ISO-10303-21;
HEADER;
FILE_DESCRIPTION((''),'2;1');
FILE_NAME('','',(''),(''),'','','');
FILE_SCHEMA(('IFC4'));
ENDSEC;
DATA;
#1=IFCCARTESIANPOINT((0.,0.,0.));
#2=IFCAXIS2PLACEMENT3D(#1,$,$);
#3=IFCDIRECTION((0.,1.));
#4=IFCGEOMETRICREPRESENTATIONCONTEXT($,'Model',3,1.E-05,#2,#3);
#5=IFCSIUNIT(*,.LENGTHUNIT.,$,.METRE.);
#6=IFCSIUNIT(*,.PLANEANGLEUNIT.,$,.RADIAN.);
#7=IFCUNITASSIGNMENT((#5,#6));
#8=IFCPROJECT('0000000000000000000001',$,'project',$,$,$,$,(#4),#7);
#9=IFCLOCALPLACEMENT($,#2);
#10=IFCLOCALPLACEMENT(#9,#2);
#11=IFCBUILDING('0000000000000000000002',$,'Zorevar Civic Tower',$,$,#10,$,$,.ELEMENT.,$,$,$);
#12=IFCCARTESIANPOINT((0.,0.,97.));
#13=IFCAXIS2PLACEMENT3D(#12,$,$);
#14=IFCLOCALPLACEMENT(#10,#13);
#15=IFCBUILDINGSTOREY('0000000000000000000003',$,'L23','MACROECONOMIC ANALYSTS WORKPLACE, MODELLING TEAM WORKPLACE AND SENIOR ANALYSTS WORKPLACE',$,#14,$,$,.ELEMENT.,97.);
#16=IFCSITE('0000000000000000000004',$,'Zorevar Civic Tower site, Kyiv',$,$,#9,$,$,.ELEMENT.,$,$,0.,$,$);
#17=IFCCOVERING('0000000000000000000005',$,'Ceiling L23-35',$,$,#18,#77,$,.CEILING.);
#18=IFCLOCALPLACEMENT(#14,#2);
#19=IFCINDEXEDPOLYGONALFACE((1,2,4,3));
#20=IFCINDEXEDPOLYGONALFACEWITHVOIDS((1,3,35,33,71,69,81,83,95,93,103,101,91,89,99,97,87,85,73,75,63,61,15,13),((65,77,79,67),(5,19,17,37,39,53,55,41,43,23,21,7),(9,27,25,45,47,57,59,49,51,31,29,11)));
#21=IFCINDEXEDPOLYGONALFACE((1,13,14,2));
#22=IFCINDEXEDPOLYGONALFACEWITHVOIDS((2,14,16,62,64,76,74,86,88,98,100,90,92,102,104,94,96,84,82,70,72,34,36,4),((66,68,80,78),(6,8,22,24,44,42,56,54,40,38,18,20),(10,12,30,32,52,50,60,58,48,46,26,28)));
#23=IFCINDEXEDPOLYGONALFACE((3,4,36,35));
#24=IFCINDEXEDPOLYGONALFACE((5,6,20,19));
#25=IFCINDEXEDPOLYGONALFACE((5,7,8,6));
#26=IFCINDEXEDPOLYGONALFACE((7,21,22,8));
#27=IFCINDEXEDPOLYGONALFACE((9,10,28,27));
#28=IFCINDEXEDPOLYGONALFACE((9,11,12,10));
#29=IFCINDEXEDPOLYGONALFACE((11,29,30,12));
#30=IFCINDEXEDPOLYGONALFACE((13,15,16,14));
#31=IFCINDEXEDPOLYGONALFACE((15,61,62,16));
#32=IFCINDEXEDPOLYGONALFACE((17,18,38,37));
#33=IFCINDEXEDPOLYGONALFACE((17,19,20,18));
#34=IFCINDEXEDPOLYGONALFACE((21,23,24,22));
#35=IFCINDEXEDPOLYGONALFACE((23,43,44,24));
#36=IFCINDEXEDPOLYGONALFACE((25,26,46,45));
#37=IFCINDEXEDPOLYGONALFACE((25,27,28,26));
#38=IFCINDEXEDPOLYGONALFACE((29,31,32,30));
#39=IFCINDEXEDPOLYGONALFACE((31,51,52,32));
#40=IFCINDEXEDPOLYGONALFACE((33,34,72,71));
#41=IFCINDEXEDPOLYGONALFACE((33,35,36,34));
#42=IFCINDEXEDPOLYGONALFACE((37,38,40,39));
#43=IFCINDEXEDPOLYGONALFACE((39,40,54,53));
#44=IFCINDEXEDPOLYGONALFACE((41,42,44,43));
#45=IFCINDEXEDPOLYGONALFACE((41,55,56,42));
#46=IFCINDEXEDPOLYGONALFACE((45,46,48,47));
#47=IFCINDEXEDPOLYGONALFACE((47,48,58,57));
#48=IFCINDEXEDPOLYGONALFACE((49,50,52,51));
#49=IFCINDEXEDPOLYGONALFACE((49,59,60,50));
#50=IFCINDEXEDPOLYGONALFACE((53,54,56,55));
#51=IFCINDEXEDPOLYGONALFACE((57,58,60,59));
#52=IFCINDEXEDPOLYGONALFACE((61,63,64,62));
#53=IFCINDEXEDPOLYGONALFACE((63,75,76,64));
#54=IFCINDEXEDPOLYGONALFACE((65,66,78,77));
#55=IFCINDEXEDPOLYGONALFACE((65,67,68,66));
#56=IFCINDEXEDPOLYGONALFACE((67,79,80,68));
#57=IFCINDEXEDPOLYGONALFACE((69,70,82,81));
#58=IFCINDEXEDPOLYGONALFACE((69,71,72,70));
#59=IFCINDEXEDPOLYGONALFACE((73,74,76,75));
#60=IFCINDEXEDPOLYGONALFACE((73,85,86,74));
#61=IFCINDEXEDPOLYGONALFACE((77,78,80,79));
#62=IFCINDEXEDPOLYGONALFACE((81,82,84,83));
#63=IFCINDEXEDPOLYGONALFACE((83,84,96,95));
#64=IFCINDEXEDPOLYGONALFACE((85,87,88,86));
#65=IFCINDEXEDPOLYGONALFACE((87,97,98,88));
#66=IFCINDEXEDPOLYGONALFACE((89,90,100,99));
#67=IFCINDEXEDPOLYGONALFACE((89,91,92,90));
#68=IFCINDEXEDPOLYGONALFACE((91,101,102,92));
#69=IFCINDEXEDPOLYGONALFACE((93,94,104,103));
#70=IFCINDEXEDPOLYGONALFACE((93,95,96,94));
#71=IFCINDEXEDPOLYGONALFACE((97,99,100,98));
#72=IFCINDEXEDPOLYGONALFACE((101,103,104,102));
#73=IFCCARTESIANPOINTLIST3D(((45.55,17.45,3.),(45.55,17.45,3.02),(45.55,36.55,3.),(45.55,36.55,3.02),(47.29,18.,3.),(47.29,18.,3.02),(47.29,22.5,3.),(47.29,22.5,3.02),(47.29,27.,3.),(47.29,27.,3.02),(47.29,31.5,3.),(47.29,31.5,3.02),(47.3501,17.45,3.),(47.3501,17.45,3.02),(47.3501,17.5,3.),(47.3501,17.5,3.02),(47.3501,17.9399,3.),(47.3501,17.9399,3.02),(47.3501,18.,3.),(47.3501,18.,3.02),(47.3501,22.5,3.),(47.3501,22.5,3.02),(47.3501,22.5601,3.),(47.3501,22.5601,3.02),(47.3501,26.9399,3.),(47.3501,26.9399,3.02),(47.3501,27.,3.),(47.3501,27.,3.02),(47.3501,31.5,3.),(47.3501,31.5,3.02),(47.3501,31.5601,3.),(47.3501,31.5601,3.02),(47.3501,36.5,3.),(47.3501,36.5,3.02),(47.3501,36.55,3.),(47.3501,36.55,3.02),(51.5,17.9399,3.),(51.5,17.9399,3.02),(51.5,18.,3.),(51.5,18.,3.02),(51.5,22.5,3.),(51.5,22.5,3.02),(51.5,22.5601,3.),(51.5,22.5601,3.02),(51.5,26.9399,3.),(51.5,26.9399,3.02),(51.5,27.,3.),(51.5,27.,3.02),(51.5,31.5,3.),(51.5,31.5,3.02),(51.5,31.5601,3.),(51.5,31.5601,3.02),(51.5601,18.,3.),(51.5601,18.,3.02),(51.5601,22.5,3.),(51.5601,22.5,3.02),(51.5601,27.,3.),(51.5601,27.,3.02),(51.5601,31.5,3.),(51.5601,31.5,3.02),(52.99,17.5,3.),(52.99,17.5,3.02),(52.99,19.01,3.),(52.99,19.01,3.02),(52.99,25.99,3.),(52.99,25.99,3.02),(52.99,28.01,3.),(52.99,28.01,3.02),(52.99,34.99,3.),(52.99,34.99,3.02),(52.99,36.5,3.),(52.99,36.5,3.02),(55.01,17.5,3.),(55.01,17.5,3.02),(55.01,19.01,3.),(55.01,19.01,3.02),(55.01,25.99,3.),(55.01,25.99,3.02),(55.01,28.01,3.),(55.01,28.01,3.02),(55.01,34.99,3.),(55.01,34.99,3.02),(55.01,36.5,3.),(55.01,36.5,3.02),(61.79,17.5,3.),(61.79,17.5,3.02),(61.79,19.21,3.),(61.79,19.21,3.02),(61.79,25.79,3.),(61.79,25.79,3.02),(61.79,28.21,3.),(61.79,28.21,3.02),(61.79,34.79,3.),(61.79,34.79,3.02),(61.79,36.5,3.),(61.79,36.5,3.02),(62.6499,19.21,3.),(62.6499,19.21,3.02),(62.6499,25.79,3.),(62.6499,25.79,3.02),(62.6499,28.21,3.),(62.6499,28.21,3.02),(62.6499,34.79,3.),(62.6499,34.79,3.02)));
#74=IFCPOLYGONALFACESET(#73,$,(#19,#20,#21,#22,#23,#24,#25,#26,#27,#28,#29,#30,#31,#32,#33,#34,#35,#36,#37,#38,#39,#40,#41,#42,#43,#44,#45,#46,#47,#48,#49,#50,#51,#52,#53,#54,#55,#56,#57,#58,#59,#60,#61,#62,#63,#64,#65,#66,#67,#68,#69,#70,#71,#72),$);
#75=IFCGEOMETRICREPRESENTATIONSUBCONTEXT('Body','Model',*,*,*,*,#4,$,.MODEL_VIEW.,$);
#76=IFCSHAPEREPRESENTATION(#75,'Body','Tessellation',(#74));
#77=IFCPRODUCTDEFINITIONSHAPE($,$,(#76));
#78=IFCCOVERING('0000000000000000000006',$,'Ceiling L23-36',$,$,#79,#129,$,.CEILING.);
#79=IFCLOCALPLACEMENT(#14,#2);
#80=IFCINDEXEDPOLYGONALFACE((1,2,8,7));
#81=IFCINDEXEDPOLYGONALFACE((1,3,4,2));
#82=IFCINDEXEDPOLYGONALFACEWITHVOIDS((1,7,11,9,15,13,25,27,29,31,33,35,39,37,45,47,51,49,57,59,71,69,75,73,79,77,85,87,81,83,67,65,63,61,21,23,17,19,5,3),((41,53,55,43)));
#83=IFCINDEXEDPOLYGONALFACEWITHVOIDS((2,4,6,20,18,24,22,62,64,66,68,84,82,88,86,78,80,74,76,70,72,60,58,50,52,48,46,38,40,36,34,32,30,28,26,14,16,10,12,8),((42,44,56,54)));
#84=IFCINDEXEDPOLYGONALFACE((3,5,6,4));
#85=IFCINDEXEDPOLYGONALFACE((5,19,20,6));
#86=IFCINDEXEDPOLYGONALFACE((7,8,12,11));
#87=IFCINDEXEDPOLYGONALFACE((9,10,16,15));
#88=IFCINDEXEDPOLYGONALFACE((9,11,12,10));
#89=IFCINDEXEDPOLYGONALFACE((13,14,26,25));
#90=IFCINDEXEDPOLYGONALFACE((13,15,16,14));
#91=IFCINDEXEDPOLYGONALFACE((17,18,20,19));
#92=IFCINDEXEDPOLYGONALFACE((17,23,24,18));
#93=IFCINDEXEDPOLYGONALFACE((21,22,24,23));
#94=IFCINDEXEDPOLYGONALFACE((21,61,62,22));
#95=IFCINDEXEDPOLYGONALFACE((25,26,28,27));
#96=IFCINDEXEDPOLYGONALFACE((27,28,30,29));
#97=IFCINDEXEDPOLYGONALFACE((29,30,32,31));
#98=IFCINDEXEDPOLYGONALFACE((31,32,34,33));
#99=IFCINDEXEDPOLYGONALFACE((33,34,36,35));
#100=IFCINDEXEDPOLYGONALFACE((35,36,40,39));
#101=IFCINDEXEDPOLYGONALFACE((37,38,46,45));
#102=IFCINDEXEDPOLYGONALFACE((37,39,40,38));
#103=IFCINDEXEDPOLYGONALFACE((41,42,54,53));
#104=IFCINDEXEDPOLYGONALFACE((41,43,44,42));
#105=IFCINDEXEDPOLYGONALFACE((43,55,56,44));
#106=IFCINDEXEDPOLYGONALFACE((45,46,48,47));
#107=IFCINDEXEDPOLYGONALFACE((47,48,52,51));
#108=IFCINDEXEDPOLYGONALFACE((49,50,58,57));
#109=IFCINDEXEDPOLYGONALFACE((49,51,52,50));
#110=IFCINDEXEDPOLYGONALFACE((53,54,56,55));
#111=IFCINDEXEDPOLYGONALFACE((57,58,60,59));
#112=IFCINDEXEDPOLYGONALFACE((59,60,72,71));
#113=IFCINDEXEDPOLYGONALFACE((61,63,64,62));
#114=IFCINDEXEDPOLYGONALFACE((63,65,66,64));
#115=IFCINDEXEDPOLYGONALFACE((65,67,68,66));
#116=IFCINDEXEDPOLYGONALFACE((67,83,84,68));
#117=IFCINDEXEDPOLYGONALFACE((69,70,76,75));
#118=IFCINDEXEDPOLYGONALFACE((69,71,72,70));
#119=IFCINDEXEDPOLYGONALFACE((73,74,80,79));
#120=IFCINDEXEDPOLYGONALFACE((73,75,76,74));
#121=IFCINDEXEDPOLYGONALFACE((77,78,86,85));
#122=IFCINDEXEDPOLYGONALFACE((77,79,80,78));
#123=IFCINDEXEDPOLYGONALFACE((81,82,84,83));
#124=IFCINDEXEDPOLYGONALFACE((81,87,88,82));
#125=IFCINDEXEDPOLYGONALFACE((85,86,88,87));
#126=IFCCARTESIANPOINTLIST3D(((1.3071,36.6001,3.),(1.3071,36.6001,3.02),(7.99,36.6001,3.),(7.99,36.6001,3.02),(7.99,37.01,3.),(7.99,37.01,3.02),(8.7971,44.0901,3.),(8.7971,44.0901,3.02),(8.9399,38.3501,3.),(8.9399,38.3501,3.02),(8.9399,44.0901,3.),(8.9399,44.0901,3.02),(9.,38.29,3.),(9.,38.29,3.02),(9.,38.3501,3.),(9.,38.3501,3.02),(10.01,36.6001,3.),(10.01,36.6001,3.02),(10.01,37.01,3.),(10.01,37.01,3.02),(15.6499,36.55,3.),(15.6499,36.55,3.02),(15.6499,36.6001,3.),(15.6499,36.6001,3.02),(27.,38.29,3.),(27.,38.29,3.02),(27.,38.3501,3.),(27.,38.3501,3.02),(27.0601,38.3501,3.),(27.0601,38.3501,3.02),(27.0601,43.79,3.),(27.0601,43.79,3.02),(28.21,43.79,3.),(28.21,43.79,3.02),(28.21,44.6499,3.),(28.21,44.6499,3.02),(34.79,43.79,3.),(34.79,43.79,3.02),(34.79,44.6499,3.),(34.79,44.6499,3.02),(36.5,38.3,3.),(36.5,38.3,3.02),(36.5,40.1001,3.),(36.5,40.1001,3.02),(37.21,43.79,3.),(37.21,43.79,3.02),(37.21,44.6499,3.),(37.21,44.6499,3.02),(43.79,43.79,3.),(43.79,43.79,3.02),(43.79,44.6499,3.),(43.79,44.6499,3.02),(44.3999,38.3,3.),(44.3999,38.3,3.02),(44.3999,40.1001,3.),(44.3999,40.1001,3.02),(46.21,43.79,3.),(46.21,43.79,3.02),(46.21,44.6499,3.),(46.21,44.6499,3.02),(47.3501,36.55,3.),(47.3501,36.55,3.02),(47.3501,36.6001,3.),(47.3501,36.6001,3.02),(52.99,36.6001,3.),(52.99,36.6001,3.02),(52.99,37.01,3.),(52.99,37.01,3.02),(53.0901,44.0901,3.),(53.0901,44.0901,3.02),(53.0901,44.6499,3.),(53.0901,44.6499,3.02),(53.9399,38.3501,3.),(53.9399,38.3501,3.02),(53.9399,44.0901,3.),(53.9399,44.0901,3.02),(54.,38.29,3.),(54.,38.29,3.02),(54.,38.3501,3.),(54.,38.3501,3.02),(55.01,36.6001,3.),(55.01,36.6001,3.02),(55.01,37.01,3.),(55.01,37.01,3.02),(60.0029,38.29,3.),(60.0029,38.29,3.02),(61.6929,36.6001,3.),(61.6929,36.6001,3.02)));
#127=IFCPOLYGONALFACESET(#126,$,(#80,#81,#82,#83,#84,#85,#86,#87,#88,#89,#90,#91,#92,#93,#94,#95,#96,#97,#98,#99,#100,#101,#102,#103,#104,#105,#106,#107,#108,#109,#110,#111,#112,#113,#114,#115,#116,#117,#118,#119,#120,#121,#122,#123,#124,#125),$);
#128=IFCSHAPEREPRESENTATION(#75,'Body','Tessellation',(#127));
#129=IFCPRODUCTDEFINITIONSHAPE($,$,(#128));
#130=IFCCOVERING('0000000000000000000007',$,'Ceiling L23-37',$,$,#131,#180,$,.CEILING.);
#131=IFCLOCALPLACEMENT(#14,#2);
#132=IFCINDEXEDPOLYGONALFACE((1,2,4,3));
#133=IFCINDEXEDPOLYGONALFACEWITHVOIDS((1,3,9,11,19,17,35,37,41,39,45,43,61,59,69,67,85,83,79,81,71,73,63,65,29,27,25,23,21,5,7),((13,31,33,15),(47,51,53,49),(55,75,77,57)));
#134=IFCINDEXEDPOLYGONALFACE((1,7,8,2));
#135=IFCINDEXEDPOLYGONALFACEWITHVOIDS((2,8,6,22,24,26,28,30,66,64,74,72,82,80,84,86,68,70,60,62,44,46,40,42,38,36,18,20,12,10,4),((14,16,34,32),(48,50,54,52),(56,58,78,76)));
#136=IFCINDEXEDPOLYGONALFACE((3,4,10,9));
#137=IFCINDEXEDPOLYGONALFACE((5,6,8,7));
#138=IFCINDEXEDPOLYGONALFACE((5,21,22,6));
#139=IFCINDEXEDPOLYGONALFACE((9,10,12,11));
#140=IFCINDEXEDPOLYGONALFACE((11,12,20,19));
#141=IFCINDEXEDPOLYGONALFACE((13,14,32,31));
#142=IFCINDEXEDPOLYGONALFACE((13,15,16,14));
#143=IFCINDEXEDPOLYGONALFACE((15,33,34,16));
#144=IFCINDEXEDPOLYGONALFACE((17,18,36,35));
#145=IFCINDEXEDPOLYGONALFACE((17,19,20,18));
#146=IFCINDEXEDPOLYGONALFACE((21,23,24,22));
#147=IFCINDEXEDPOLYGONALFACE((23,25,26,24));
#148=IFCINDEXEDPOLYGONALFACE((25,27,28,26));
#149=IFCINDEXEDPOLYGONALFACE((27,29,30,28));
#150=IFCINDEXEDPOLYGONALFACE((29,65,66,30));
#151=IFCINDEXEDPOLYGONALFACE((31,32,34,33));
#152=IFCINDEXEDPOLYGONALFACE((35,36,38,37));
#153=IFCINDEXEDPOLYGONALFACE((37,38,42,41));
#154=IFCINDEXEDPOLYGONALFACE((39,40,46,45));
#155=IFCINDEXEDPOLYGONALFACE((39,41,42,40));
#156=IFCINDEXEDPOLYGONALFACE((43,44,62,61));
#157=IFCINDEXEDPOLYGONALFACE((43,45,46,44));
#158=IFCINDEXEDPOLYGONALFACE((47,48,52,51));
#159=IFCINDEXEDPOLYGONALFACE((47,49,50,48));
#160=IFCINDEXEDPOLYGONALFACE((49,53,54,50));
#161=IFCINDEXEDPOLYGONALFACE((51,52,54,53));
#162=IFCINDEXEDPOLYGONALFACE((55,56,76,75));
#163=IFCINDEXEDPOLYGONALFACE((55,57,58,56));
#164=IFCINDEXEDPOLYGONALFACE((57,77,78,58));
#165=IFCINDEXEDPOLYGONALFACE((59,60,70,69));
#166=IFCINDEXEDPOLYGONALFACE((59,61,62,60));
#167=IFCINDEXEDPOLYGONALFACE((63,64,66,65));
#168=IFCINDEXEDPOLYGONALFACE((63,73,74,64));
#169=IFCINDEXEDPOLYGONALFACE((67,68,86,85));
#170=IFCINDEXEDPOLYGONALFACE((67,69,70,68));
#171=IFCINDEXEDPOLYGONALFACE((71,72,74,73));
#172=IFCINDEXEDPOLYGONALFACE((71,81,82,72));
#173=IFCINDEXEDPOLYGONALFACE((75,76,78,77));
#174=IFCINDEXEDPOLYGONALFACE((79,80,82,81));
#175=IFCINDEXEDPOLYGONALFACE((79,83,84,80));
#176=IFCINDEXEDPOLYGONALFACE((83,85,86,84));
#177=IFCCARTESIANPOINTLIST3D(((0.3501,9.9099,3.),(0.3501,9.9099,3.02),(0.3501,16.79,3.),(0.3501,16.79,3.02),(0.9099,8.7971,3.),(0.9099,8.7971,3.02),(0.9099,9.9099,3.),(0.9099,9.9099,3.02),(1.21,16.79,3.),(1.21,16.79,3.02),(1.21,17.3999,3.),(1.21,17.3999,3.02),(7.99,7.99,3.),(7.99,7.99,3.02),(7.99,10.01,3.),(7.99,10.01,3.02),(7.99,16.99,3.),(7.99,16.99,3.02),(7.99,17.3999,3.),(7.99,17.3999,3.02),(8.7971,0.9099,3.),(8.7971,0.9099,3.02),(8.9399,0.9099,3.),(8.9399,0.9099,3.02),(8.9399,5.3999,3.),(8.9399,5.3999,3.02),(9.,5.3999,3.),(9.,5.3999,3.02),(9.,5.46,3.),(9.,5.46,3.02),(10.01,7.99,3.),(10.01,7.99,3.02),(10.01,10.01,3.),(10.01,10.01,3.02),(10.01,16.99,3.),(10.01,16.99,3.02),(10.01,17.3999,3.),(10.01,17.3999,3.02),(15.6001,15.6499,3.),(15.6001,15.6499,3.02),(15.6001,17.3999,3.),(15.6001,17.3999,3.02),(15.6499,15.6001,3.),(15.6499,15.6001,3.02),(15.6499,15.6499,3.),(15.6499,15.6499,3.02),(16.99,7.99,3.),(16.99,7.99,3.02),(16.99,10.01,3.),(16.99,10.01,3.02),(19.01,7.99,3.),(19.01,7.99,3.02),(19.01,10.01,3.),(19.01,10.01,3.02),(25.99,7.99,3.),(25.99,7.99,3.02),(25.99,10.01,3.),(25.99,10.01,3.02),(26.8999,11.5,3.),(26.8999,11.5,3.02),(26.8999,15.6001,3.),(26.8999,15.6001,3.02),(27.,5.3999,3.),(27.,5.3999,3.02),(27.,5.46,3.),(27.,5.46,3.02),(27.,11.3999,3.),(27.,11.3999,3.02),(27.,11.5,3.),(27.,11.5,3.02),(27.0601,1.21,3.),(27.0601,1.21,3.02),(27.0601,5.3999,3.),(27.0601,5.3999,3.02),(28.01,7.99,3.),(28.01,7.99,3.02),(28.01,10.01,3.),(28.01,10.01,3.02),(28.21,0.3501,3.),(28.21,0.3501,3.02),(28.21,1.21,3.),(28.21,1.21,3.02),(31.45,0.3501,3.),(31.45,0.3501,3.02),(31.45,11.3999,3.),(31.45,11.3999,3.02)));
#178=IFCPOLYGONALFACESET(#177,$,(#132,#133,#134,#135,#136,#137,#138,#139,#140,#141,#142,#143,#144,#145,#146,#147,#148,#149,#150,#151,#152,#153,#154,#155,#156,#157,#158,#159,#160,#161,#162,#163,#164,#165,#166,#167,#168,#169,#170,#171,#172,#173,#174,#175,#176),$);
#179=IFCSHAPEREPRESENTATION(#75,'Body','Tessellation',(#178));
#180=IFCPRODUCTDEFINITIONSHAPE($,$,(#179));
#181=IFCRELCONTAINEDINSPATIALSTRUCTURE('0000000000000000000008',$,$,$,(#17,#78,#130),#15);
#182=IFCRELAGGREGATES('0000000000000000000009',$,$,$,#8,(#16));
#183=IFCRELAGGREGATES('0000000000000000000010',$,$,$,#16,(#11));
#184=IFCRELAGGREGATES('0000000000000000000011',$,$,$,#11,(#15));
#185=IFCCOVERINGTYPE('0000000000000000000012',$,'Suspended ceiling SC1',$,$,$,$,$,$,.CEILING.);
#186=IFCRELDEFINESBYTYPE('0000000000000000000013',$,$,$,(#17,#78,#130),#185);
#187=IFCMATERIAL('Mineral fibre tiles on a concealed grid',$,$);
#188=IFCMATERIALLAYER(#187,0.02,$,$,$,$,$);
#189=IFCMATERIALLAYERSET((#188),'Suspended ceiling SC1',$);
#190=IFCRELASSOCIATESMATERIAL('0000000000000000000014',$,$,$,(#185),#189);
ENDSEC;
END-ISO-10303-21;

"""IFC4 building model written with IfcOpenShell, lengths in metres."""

from ifc_helpers import new_model, si_unit, direction, frame, origin, place, context, subcontext, project, spatial, polyline, outline, extrude, material, layer, layer_set, type_object, element, save


model = new_model("IFC4")

# Units and contexts
model_context = context("Model", 3, precision=1e-05, world=origin(), true_north=direction((0.0, 1.0)))
body_context = subcontext(model_context, "Body", "Model", "MODEL_VIEW")
ifc_project = project(units=[si_unit("LENGTHUNIT", "METRE"), si_unit("PLANEANGLEUNIT", "RADIAN")], contexts=[model_context])

# Site, building, storey
site_placement = place(None, origin())
site = spatial("IfcSite", under=ifc_project, at=site_placement, Name="Zorevar Civic Tower site, Kyiv", CompositionType="ELEMENT", RefElevation=0.0)
building_placement = place(site_placement, origin())
building = spatial("IfcBuilding", under=site, at=building_placement, Name="Zorevar Civic Tower", CompositionType="ELEMENT")
storey_placement = place(building_placement, frame((0.0, 0.0, 97.0)))
storey = spatial("IfcBuildingStorey", under=building, at=storey_placement, Name="L23", Description="MACROECONOMIC ANALYSTS WORKPLACE, MODELLING TEAM WORKPLACE AND SENIOR ANALYSTS WORKPLACE", CompositionType="ELEMENT", Elevation=97.0)

# Coverings
ifc_material_1 = material(Name="Mineral fibre tiles on a concealed grid")
ifc_layer_1 = layer(ifc_material_1, 0.02)
ifc_layer_set_1 = layer_set([ifc_layer_1], Name="Suspended ceiling SC1")
covering_type_1 = type_object("IfcCoveringType", Name="Suspended ceiling SC1", PredefinedType="CEILING", material=ifc_layer_set_1)
covering_1_placement = place(storey_placement, frame((0.0, 0.0, 3.0)))
element("IfcCovering", 1, at=covering_1_placement, inside=storey, type_object=covering_type_1, Name="Ceiling L23-35", PredefinedType="CEILING", context=body_context, shape_type="SweptSolid", body=[
    extrude(outline(polyline([(47.3501, 36.5), (52.99, 36.5), (52.99, 34.99), (55.01, 34.99), (55.01, 36.5), (61.79, 36.5), (61.79, 34.79), (62.6499, 34.79), (62.6499, 28.21), (61.79, 28.21), (61.79, 25.79), (62.6499, 25.79), (62.6499, 19.21), (61.79, 19.21), (61.79, 17.5), (55.01, 17.5), (55.01, 19.01), (52.99, 19.01), (52.99, 17.5), (47.3501, 17.5), (47.3501, 17.45), (45.55, 17.45), (45.55, 36.55), (47.3501, 36.55), (47.3501, 36.5)]), holes=[polyline([(47.29, 22.5), (47.29, 18.0), (47.3501, 18.0), (47.3501, 17.9399), (51.5, 17.9399), (51.5, 18.0), (51.5601, 18.0), (51.5601, 22.5), (51.5, 22.5), (51.5, 22.5601), (47.3501, 22.5601), (47.3501, 22.5), (47.29, 22.5)]), polyline([(47.29, 31.5), (47.29, 27.0), (47.3501, 27.0), (47.3501, 26.9399), (51.5, 26.9399), (51.5, 27.0), (51.5601, 27.0), (51.5601, 31.5), (51.5, 31.5), (51.5, 31.5601), (47.3501, 31.5601), (47.3501, 31.5), (47.29, 31.5)]), polyline([(55.01, 28.01), (52.99, 28.01), (52.99, 25.99), (55.01, 25.99), (55.01, 28.01)])]), origin(), (0.0, 0.0, 1.0), 0.02),
])
covering_2_placement = place(storey_placement, frame((0.0, 0.0, 3.0)))
element("IfcCovering", 2, at=covering_2_placement, inside=storey, type_object=covering_type_1, Name="Ceiling L23-36", PredefinedType="CEILING", context=body_context, shape_type="SweptSolid", body=[
    extrude(outline(polyline([(34.79, 44.6499), (34.79, 43.79), (37.21, 43.79), (37.21, 44.6499), (43.79, 44.6499), (43.79, 43.79), (46.21, 43.79), (46.21, 44.6499), (53.0901, 44.6499), (53.0901, 44.0901), (53.9399, 44.0901), (53.9399, 38.3501), (54.0, 38.3501), (54.0, 38.29), (60.0029, 38.29), (61.6929, 36.6001), (55.01, 36.6001), (55.01, 37.01), (52.99, 37.01), (52.99, 36.6001), (47.3501, 36.6001), (47.3501, 36.55), (15.6499, 36.55), (15.6499, 36.6001), (10.01, 36.6001), (10.01, 37.01), (7.99, 37.01), (7.99, 36.6001), (1.3071, 36.6001), (8.7971, 44.0901), (8.9399, 44.0901), (8.9399, 38.3501), (9.0, 38.3501), (9.0, 38.29), (27.0, 38.29), (27.0, 38.3501), (27.0601, 38.3501), (27.0601, 43.79), (28.21, 43.79), (28.21, 44.6499), (34.79, 44.6499)]), holes=[polyline([(36.5, 38.3), (44.3999, 38.3), (44.3999, 40.1001), (36.5, 40.1001), (36.5, 38.3)])]), origin(), (0.0, 0.0, 1.0), 0.02),
])
covering_3_placement = place(storey_placement, frame((0.0, 0.0, 3.0)))
element("IfcCovering", 3, at=covering_3_placement, inside=storey, type_object=covering_type_1, Name="Ceiling L23-37", PredefinedType="CEILING", context=body_context, shape_type="SweptSolid", body=[
    extrude(outline(polyline([(0.9099, 9.9099), (0.3501, 9.9099), (0.3501, 16.79), (1.21, 16.79), (1.21, 17.3999), (7.99, 17.3999), (7.99, 16.99), (10.01, 16.99), (10.01, 17.3999), (15.6001, 17.3999), (15.6001, 15.6499), (15.6499, 15.6499), (15.6499, 15.6001), (26.8999, 15.6001), (26.8999, 11.5), (27.0, 11.5), (27.0, 11.3999), (31.45, 11.3999), (31.45, 0.3501), (28.21, 0.3501), (28.21, 1.21), (27.0601, 1.21), (27.0601, 5.3999), (27.0, 5.3999), (27.0, 5.46), (9.0, 5.46), (9.0, 5.3999), (8.9399, 5.3999), (8.9399, 0.9099), (8.7971, 0.9099), (0.9099, 8.7971), (0.9099, 9.9099)]), holes=[polyline([(7.99, 10.01), (7.99, 7.99), (10.01, 7.99), (10.01, 10.01), (7.99, 10.01)]), polyline([(19.01, 7.99), (19.01, 10.01), (16.99, 10.01), (16.99, 7.99), (19.01, 7.99)]), polyline([(25.99, 10.01), (25.99, 7.99), (28.01, 7.99), (28.01, 10.01), (25.99, 10.01)])]), origin(), (0.0, 0.0, 1.0), 0.02),
])

save(model, "model.ifc")
